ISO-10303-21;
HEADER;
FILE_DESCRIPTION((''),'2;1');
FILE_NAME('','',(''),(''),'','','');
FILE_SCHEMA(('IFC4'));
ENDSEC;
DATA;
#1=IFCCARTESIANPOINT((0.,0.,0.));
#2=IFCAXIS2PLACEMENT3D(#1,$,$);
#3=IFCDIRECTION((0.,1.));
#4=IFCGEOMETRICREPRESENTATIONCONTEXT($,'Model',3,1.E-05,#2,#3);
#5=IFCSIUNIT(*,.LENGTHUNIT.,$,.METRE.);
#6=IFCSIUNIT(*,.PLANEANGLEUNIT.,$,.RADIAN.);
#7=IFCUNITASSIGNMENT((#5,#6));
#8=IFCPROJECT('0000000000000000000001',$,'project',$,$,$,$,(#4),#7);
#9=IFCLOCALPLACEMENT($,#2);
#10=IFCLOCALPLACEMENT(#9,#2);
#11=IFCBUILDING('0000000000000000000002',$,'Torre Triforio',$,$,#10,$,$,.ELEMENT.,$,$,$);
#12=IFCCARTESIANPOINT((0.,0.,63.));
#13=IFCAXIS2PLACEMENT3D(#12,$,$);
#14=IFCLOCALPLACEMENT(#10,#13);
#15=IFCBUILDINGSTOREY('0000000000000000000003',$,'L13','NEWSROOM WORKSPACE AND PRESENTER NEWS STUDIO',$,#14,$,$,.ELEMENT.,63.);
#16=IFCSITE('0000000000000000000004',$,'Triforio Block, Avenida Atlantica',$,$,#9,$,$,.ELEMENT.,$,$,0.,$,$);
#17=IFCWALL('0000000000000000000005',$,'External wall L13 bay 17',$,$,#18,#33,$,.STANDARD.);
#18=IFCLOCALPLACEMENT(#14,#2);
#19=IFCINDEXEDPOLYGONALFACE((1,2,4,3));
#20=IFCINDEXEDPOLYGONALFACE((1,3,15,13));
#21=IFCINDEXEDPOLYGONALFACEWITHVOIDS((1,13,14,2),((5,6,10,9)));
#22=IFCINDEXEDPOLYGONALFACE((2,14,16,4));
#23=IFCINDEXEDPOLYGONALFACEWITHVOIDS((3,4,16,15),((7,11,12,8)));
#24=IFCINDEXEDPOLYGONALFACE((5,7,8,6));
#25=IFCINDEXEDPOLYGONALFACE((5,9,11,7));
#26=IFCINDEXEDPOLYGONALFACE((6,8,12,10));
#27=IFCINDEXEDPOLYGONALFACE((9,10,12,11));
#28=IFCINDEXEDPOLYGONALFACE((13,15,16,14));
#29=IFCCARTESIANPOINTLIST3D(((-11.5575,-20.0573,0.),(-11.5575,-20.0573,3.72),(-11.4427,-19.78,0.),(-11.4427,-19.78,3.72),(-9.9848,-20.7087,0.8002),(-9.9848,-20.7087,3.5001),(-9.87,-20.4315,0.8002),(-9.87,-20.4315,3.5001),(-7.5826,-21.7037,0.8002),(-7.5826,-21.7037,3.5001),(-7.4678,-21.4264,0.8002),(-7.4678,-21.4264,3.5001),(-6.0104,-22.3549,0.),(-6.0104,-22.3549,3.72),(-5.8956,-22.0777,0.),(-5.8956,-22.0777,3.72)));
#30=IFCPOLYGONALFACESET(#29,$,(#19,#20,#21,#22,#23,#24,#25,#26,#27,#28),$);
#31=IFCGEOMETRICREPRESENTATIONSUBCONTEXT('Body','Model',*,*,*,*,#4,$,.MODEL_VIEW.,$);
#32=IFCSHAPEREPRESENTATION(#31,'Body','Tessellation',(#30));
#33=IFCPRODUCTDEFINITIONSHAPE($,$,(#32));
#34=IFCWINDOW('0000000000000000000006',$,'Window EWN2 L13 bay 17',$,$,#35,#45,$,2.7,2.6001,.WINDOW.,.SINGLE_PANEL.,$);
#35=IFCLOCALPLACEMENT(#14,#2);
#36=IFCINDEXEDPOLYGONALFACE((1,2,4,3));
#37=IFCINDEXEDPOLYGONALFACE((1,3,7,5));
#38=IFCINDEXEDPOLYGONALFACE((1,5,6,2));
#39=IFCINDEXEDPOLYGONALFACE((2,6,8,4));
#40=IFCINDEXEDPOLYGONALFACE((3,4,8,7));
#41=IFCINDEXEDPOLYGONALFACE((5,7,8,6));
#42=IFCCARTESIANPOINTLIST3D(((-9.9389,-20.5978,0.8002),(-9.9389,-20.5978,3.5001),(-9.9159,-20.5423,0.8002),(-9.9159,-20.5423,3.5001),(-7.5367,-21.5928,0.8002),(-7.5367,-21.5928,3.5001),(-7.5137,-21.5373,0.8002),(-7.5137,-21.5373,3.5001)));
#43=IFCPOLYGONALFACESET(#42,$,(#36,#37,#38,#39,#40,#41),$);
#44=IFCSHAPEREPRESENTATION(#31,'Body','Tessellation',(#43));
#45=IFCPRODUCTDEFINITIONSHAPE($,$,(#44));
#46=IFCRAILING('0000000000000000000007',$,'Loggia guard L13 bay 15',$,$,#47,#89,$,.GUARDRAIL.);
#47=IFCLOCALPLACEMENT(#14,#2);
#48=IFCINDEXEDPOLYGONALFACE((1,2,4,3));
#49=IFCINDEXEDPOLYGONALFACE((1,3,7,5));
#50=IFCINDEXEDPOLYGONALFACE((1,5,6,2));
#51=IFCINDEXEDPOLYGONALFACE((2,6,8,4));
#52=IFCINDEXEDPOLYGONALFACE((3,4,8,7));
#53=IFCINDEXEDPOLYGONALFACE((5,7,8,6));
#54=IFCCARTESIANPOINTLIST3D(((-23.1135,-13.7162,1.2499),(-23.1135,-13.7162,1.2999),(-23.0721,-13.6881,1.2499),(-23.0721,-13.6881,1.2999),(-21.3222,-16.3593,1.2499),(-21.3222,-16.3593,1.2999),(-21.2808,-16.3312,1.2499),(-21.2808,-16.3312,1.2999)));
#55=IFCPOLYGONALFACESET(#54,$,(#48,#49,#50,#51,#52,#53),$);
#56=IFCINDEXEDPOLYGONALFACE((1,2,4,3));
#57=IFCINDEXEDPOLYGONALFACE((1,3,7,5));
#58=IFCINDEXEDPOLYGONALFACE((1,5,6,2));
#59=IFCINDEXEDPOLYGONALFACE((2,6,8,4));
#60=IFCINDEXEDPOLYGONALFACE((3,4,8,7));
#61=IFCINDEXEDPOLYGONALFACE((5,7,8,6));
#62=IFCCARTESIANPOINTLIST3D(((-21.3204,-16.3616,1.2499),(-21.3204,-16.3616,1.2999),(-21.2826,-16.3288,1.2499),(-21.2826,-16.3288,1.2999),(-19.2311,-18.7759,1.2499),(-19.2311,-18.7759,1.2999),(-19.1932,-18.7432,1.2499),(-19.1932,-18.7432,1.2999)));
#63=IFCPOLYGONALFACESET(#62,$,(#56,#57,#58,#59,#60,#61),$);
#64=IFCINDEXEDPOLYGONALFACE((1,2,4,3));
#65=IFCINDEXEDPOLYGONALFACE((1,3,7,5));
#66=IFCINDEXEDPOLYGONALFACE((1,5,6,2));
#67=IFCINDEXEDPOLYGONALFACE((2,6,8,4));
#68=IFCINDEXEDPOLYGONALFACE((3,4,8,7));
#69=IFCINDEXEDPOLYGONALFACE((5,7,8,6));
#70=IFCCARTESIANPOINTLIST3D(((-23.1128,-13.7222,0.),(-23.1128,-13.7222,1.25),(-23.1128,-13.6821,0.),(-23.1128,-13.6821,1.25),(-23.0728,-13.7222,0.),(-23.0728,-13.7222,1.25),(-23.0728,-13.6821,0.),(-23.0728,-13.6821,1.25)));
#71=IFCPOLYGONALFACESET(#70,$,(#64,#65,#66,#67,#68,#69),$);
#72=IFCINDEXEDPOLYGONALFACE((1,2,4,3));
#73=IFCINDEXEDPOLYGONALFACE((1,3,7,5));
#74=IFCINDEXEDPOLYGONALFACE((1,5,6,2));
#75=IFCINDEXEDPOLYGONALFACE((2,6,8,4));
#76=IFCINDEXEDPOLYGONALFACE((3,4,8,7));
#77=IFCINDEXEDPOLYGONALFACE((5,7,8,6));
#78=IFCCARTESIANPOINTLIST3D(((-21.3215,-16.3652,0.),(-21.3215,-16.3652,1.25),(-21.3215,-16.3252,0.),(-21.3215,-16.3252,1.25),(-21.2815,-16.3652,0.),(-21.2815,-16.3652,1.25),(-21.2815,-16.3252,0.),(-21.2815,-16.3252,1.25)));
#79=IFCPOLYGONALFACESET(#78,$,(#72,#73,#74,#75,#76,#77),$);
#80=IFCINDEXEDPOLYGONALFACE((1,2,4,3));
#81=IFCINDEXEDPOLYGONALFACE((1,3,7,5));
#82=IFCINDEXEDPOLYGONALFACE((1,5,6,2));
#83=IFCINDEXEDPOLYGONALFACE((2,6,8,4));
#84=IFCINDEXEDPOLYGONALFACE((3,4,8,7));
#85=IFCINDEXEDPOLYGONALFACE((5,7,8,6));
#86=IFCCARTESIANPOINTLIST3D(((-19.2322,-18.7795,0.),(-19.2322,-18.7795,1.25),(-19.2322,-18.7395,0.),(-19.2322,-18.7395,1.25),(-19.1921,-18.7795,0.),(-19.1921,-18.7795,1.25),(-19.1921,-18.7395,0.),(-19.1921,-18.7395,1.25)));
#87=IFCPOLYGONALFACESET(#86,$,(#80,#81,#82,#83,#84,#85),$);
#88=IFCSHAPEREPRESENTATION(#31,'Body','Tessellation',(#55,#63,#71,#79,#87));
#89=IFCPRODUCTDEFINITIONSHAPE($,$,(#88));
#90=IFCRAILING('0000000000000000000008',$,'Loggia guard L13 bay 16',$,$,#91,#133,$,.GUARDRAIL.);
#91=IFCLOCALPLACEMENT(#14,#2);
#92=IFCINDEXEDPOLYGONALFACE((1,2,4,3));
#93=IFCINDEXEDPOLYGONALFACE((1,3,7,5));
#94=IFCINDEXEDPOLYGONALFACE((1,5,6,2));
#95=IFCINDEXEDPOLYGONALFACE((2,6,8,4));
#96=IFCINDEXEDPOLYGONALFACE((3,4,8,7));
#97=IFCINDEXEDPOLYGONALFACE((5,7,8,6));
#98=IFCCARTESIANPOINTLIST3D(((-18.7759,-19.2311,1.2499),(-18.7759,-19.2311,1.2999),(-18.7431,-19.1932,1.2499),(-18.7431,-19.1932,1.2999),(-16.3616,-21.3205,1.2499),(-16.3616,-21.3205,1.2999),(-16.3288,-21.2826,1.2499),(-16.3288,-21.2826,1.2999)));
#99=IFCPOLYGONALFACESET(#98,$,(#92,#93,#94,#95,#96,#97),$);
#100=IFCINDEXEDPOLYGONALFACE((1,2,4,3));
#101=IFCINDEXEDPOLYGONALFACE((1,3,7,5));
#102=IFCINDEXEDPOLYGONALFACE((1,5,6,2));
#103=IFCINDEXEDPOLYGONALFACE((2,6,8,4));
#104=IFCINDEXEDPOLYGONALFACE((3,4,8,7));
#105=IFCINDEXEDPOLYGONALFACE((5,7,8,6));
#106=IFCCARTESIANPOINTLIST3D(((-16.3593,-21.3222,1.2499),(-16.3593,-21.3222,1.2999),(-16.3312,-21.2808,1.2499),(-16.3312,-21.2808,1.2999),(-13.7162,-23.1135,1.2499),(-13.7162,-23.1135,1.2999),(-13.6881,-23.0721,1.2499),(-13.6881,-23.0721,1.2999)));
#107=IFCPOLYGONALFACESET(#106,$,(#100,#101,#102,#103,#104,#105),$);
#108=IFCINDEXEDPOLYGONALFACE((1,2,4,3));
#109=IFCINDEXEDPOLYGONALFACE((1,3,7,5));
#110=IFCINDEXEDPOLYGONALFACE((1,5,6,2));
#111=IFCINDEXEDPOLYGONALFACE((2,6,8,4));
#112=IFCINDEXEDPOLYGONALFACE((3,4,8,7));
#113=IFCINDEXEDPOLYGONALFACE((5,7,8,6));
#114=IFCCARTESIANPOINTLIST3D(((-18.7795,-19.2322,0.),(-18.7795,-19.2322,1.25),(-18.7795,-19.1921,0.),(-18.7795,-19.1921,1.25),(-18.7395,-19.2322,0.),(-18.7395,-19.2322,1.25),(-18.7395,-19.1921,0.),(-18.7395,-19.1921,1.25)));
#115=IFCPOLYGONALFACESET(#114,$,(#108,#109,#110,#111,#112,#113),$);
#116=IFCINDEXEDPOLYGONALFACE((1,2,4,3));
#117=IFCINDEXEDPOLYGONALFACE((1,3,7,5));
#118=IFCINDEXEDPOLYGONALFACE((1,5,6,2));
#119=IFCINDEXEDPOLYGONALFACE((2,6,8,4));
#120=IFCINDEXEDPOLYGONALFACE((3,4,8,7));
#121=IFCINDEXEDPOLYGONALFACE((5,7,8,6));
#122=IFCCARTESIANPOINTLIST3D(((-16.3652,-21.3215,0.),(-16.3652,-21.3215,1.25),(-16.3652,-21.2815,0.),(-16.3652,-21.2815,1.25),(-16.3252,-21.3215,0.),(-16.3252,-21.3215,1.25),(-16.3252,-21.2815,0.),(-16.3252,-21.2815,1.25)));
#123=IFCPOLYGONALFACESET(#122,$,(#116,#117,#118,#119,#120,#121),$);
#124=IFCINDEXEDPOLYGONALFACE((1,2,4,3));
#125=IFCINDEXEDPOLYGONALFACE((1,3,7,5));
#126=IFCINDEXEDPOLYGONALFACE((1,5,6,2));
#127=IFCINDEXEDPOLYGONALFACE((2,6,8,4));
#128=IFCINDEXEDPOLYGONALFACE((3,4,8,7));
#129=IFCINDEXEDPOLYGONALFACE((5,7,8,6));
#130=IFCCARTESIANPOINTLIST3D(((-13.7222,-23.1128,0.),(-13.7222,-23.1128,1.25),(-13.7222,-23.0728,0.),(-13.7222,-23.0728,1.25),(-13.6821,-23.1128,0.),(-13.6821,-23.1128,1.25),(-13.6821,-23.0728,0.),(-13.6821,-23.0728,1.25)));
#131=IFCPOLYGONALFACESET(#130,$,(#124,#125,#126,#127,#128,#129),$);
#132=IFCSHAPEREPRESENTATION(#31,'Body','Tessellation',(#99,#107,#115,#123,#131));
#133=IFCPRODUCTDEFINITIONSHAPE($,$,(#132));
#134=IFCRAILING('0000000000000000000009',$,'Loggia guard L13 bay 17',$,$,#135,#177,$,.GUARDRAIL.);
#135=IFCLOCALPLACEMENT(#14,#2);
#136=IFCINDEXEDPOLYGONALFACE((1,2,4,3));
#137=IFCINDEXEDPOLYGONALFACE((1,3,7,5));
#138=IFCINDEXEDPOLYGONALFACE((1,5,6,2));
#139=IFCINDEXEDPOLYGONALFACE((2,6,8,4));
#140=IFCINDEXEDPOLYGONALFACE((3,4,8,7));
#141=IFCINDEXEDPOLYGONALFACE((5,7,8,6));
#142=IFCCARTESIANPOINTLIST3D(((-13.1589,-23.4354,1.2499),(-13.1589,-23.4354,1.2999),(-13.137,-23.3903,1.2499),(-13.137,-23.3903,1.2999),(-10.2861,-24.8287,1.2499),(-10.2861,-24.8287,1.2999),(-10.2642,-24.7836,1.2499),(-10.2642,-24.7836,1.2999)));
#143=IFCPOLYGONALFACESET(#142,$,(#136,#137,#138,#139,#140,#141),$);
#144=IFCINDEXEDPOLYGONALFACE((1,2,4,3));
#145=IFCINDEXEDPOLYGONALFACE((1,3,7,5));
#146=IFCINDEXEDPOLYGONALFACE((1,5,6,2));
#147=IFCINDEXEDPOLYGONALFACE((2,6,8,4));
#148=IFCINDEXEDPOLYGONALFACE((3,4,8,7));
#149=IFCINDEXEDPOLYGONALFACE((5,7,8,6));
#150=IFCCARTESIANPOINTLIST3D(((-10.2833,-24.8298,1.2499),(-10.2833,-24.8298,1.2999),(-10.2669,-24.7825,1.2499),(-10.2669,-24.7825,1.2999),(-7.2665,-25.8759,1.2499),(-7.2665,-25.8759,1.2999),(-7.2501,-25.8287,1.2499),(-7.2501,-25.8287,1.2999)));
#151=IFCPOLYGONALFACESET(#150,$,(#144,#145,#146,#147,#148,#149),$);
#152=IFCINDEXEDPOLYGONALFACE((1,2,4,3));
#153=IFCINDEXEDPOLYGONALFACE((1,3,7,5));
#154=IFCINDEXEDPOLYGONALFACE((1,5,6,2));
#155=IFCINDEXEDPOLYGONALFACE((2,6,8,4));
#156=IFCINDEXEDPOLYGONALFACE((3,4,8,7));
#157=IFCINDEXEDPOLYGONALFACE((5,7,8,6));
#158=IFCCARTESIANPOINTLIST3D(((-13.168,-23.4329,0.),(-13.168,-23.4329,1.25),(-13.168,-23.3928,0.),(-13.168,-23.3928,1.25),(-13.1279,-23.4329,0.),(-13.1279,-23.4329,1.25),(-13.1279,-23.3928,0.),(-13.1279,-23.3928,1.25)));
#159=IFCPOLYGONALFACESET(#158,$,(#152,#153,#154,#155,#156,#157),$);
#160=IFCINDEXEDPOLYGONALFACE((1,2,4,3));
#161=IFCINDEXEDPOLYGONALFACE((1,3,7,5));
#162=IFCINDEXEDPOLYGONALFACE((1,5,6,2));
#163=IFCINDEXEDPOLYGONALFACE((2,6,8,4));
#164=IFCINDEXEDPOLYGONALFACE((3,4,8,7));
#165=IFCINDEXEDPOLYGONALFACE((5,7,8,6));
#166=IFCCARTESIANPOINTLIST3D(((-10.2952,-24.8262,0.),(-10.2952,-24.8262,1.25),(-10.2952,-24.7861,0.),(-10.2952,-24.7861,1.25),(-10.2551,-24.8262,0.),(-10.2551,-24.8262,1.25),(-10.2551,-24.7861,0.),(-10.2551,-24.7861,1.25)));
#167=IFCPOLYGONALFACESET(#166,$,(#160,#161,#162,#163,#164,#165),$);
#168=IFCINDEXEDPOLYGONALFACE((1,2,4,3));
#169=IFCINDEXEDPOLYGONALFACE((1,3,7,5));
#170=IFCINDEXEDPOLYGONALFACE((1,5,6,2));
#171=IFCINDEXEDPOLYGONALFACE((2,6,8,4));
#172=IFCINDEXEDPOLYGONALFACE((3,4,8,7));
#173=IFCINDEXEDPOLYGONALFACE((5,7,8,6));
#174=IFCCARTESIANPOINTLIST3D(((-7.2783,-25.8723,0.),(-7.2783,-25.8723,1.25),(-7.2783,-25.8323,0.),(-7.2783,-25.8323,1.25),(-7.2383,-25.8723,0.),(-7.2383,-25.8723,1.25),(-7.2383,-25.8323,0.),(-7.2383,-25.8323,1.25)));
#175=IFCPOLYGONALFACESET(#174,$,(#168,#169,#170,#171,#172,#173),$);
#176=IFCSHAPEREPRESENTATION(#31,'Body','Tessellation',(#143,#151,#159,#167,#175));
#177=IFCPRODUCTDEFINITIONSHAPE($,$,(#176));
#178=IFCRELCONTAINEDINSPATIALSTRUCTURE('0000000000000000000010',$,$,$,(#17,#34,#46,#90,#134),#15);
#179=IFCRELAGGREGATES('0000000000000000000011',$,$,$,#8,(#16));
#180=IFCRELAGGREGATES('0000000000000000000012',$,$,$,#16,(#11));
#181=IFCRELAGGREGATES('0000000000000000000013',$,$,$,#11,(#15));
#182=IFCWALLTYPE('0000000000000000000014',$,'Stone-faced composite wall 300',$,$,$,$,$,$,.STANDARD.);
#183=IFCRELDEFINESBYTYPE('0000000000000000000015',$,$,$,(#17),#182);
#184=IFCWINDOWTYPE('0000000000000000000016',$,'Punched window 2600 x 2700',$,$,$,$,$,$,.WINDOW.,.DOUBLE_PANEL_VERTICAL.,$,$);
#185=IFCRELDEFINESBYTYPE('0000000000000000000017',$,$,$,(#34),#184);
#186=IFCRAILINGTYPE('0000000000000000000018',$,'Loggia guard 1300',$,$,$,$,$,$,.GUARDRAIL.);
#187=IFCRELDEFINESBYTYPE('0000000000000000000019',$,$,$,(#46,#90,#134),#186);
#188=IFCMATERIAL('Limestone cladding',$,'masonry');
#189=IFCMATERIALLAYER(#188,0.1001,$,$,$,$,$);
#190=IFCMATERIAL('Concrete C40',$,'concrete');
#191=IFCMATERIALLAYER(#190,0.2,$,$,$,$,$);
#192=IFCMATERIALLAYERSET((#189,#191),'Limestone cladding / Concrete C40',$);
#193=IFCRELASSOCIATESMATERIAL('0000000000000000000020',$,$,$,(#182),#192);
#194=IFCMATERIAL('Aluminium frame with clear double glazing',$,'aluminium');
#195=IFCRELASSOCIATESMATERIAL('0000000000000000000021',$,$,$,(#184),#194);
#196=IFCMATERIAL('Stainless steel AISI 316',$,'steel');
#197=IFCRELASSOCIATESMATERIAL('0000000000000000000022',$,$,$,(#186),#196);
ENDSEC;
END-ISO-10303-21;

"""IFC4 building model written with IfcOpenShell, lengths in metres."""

from ifc_helpers import new_model, si_unit, direction, frame, frame_2d, origin, origin_2d, place, context, subcontext, project, spatial, rectangle, extrude, material, layer, layer_set, type_object, element, fill, save


model = new_model("IFC4")

# Units and contexts
model_context = context("Model", 3, precision=1e-05, world=origin(), true_north=direction((0.0, 1.0)))
body_context = subcontext(model_context, "Body", "Model", "MODEL_VIEW")
ifc_project = project(units=[si_unit("LENGTHUNIT", "METRE"), si_unit("PLANEANGLEUNIT", "RADIAN")], contexts=[model_context])

# Site, building, storey
site_placement = place(None, origin())
site = spatial("IfcSite", under=ifc_project, at=site_placement, Name="Triforio Block, Avenida Atlantica", CompositionType="ELEMENT", RefElevation=0.0)
building_placement = place(site_placement, origin())
building = spatial("IfcBuilding", under=site, at=building_placement, Name="Torre Triforio", CompositionType="ELEMENT")
storey_placement = place(building_placement, frame((0.0, 0.0, 63.0)))
storey = spatial("IfcBuildingStorey", under=building, at=storey_placement, Name="L13", Description="NEWSROOM WORKSPACE AND PRESENTER NEWS STUDIO", CompositionType="ELEMENT", Elevation=63.0)

# Shared definitions
ifc_material_1 = material(Name="Limestone cladding", Category="masonry")
ifc_material_2 = material(Name="Concrete C40", Category="concrete")

# Shared definitions
ifc_layer_1 = layer(ifc_material_1, 0.1001)
ifc_layer_2 = layer(ifc_material_2, 0.2)
ifc_layer_set_1 = layer_set([ifc_layer_1, ifc_layer_2], Name="Limestone cladding / Concrete C40")
wall_type_1 = type_object("IfcWallType", Name="Stone-faced composite wall 300", PredefinedType="STANDARD", material=ifc_layer_set_1)
ifc_material_3 = material(Name="Aluminium frame with clear double glazing", Category="aluminium")
window_type_1 = type_object("IfcWindowType", Name="Punched window 2600 x 2700", PartitioningType="DOUBLE_PANEL_VERTICAL", PredefinedType="WINDOW", material=ifc_material_3)

# Wall, opening, window
wall_1_placement = place(storey_placement, frame((-11.5, -19.9187, 0.0), z_axis=(0.0, 0.0, 1.0), x_axis=(0.923885, -0.382671, 0.0)))
wall_1 = element("IfcWall", 1, at=wall_1_placement, inside=storey, type_object=wall_type_1, Name="External wall L13 bay 17", PredefinedType="STANDARD", context=body_context, shape_type="SweptSolid", body=[
    extrude(rectangle(XDim=6.0042, YDim=0.3, at=frame_2d((3.002, 0.0))), origin(), (0.0, 0.0, 1.0), 3.72),
])
opening_1_placement = place(wall_1_placement, frame((1.7021, 0.0, 0.8)))
opening_1 = element("IfcOpeningElement", 2, at=opening_1_placement, cuts=wall_1, PredefinedType="OPENING", context=body_context, shape_type="SweptSolid", body=[
    extrude(rectangle(XDim=2.6001, YDim=2.7, at=frame_2d((1.3, 1.3501))), frame((0.0, 0.1599, 0.0), z_axis=(0.0, -1.0, 0.0), x_axis=(1.0, 0.0, 0.0)), (0.0, 0.0, 1.0), 0.3201),
])
window_1_placement = place(opening_1_placement, origin())
window_1 = element("IfcWindow", 3, at=window_1_placement, inside=storey, type_object=window_type_1, Name="Window EWN2 L13 bay 17", OverallHeight=2.7, OverallWidth=2.6001, PartitioningType="SINGLE_PANEL", PredefinedType="WINDOW", context=body_context, shape_type="SweptSolid", body=[
    extrude(rectangle(XDim=2.6001, YDim=2.7, at=frame_2d((1.3, 1.3501))), frame((0.0, 0.03, 0.0), z_axis=(0.0, -1.0, 0.0), x_axis=(1.0, 0.0, 0.0)), (0.0, 0.0, 1.0), 0.0601),
])
fill(opening_1, window_1)

# Railings
ifc_material_4 = material(Name="Stainless steel AISI 316", Category="steel")
railing_type = type_object("IfcRailingType", Name="Loggia guard 1300", PredefinedType="GUARDRAIL", material=ifc_material_4)
railing_1_placement = place(storey_placement, frame((-23.0928, -13.7021, 0.0)))
element("IfcRailing", 4, at=railing_1_placement, inside=storey, type_object=railing_type, Name="Loggia guard L13 bay 15", PredefinedType="GUARDRAIL", context=body_context, shape_type="SweptSolid", body=[
    extrude(rectangle(XDim=0.05, YDim=0.05, at=origin_2d()), frame((0.0, 0.0, 1.2749), z_axis=(0.561019, -0.827803, 0.0), x_axis=(0.827803, 0.561019, 0.0)), (0.0, 0.0, 1.0), 3.1929),
    extrude(rectangle(XDim=0.05, YDim=0.05, at=origin_2d()), frame((1.7913, -2.6431, 1.2749), z_axis=(0.654386, -0.756161, 0.0), x_axis=(0.756161, 0.654386, 0.0)), (0.0, 0.0, 1.0), 3.1929),
    extrude(rectangle(XDim=0.04, YDim=0.04, at=origin_2d()), origin(), (0.0, 0.0, 1.0), 1.25),
    extrude(rectangle(XDim=0.04, YDim=0.04, at=origin_2d()), frame((1.7913, -2.6431, 0.0)), (0.0, 0.0, 1.0), 1.25),
    extrude(rectangle(XDim=0.04, YDim=0.04, at=origin_2d()), frame((3.8806, -5.0574, 0.0)), (0.0, 0.0, 1.0), 1.25),
])
railing_2_placement = place(storey_placement, frame((-18.7595, -19.2122, 0.0)))
element("IfcRailing", 5, at=railing_2_placement, inside=storey, type_object=railing_type, Name="Loggia guard L13 bay 16", PredefinedType="GUARDRAIL", context=body_context, shape_type="SweptSolid", body=[
    extrude(rectangle(XDim=0.05, YDim=0.05, at=origin_2d()), frame((0.0, 0.0, 1.2749), z_axis=(0.756161, -0.654386, 0.0), x_axis=(0.654386, 0.756161, 0.0)), (0.0, 0.0, 1.0), 3.1929),
    extrude(rectangle(XDim=0.05, YDim=0.05, at=origin_2d()), frame((2.4143, -2.0894, 1.2749), z_axis=(0.827803, -0.561019, 0.0), x_axis=(0.561019, 0.827803, 0.0)), (0.0, 0.0, 1.0), 3.1929),
    extrude(rectangle(XDim=0.04, YDim=0.04, at=origin_2d()), origin(), (0.0, 0.0, 1.0), 1.25),
    extrude(rectangle(XDim=0.04, YDim=0.04, at=origin_2d()), frame((2.4143, -2.0894, 0.0)), (0.0, 0.0, 1.0), 1.25),
    extrude(rectangle(XDim=0.04, YDim=0.04, at=origin_2d()), frame((5.0574, -3.8806, 0.0)), (0.0, 0.0, 1.0), 1.25),
])
railing_3_placement = place(storey_placement, frame((-13.1479, -23.4128, 0.0)))
element("IfcRailing", 6, at=railing_3_placement, inside=storey, type_object=railing_type, Name="Loggia guard L13 bay 17", PredefinedType="GUARDRAIL", context=body_context, shape_type="SweptSolid", body=[
    extrude(rectangle(XDim=0.05, YDim=0.05, at=origin_2d()), frame((0.0, 0.0, 1.2749), z_axis=(0.89976, -0.436384, 0.0), x_axis=(0.436384, 0.89976, 0.0)), (0.0, 0.0, 1.0), 3.1929),
    extrude(rectangle(XDim=0.05, YDim=0.05, at=origin_2d()), frame((2.8728, -1.3933, 1.2749), z_axis=(0.944807, -0.327628, 0.0), x_axis=(0.327628, 0.944807, 0.0)), (0.0, 0.0, 1.0), 3.1931),
    extrude(rectangle(XDim=0.04, YDim=0.04, at=origin_2d()), origin(), (0.0, 0.0, 1.0), 1.25),
    extrude(rectangle(XDim=0.04, YDim=0.04, at=origin_2d()), frame((2.8728, -1.3933, 0.0)), (0.0, 0.0, 1.0), 1.25),
    extrude(rectangle(XDim=0.04, YDim=0.04, at=origin_2d()), frame((5.8896, -2.4395, 0.0)), (0.0, 0.0, 1.0), 1.25),
])

save(model, "model.ifc")
